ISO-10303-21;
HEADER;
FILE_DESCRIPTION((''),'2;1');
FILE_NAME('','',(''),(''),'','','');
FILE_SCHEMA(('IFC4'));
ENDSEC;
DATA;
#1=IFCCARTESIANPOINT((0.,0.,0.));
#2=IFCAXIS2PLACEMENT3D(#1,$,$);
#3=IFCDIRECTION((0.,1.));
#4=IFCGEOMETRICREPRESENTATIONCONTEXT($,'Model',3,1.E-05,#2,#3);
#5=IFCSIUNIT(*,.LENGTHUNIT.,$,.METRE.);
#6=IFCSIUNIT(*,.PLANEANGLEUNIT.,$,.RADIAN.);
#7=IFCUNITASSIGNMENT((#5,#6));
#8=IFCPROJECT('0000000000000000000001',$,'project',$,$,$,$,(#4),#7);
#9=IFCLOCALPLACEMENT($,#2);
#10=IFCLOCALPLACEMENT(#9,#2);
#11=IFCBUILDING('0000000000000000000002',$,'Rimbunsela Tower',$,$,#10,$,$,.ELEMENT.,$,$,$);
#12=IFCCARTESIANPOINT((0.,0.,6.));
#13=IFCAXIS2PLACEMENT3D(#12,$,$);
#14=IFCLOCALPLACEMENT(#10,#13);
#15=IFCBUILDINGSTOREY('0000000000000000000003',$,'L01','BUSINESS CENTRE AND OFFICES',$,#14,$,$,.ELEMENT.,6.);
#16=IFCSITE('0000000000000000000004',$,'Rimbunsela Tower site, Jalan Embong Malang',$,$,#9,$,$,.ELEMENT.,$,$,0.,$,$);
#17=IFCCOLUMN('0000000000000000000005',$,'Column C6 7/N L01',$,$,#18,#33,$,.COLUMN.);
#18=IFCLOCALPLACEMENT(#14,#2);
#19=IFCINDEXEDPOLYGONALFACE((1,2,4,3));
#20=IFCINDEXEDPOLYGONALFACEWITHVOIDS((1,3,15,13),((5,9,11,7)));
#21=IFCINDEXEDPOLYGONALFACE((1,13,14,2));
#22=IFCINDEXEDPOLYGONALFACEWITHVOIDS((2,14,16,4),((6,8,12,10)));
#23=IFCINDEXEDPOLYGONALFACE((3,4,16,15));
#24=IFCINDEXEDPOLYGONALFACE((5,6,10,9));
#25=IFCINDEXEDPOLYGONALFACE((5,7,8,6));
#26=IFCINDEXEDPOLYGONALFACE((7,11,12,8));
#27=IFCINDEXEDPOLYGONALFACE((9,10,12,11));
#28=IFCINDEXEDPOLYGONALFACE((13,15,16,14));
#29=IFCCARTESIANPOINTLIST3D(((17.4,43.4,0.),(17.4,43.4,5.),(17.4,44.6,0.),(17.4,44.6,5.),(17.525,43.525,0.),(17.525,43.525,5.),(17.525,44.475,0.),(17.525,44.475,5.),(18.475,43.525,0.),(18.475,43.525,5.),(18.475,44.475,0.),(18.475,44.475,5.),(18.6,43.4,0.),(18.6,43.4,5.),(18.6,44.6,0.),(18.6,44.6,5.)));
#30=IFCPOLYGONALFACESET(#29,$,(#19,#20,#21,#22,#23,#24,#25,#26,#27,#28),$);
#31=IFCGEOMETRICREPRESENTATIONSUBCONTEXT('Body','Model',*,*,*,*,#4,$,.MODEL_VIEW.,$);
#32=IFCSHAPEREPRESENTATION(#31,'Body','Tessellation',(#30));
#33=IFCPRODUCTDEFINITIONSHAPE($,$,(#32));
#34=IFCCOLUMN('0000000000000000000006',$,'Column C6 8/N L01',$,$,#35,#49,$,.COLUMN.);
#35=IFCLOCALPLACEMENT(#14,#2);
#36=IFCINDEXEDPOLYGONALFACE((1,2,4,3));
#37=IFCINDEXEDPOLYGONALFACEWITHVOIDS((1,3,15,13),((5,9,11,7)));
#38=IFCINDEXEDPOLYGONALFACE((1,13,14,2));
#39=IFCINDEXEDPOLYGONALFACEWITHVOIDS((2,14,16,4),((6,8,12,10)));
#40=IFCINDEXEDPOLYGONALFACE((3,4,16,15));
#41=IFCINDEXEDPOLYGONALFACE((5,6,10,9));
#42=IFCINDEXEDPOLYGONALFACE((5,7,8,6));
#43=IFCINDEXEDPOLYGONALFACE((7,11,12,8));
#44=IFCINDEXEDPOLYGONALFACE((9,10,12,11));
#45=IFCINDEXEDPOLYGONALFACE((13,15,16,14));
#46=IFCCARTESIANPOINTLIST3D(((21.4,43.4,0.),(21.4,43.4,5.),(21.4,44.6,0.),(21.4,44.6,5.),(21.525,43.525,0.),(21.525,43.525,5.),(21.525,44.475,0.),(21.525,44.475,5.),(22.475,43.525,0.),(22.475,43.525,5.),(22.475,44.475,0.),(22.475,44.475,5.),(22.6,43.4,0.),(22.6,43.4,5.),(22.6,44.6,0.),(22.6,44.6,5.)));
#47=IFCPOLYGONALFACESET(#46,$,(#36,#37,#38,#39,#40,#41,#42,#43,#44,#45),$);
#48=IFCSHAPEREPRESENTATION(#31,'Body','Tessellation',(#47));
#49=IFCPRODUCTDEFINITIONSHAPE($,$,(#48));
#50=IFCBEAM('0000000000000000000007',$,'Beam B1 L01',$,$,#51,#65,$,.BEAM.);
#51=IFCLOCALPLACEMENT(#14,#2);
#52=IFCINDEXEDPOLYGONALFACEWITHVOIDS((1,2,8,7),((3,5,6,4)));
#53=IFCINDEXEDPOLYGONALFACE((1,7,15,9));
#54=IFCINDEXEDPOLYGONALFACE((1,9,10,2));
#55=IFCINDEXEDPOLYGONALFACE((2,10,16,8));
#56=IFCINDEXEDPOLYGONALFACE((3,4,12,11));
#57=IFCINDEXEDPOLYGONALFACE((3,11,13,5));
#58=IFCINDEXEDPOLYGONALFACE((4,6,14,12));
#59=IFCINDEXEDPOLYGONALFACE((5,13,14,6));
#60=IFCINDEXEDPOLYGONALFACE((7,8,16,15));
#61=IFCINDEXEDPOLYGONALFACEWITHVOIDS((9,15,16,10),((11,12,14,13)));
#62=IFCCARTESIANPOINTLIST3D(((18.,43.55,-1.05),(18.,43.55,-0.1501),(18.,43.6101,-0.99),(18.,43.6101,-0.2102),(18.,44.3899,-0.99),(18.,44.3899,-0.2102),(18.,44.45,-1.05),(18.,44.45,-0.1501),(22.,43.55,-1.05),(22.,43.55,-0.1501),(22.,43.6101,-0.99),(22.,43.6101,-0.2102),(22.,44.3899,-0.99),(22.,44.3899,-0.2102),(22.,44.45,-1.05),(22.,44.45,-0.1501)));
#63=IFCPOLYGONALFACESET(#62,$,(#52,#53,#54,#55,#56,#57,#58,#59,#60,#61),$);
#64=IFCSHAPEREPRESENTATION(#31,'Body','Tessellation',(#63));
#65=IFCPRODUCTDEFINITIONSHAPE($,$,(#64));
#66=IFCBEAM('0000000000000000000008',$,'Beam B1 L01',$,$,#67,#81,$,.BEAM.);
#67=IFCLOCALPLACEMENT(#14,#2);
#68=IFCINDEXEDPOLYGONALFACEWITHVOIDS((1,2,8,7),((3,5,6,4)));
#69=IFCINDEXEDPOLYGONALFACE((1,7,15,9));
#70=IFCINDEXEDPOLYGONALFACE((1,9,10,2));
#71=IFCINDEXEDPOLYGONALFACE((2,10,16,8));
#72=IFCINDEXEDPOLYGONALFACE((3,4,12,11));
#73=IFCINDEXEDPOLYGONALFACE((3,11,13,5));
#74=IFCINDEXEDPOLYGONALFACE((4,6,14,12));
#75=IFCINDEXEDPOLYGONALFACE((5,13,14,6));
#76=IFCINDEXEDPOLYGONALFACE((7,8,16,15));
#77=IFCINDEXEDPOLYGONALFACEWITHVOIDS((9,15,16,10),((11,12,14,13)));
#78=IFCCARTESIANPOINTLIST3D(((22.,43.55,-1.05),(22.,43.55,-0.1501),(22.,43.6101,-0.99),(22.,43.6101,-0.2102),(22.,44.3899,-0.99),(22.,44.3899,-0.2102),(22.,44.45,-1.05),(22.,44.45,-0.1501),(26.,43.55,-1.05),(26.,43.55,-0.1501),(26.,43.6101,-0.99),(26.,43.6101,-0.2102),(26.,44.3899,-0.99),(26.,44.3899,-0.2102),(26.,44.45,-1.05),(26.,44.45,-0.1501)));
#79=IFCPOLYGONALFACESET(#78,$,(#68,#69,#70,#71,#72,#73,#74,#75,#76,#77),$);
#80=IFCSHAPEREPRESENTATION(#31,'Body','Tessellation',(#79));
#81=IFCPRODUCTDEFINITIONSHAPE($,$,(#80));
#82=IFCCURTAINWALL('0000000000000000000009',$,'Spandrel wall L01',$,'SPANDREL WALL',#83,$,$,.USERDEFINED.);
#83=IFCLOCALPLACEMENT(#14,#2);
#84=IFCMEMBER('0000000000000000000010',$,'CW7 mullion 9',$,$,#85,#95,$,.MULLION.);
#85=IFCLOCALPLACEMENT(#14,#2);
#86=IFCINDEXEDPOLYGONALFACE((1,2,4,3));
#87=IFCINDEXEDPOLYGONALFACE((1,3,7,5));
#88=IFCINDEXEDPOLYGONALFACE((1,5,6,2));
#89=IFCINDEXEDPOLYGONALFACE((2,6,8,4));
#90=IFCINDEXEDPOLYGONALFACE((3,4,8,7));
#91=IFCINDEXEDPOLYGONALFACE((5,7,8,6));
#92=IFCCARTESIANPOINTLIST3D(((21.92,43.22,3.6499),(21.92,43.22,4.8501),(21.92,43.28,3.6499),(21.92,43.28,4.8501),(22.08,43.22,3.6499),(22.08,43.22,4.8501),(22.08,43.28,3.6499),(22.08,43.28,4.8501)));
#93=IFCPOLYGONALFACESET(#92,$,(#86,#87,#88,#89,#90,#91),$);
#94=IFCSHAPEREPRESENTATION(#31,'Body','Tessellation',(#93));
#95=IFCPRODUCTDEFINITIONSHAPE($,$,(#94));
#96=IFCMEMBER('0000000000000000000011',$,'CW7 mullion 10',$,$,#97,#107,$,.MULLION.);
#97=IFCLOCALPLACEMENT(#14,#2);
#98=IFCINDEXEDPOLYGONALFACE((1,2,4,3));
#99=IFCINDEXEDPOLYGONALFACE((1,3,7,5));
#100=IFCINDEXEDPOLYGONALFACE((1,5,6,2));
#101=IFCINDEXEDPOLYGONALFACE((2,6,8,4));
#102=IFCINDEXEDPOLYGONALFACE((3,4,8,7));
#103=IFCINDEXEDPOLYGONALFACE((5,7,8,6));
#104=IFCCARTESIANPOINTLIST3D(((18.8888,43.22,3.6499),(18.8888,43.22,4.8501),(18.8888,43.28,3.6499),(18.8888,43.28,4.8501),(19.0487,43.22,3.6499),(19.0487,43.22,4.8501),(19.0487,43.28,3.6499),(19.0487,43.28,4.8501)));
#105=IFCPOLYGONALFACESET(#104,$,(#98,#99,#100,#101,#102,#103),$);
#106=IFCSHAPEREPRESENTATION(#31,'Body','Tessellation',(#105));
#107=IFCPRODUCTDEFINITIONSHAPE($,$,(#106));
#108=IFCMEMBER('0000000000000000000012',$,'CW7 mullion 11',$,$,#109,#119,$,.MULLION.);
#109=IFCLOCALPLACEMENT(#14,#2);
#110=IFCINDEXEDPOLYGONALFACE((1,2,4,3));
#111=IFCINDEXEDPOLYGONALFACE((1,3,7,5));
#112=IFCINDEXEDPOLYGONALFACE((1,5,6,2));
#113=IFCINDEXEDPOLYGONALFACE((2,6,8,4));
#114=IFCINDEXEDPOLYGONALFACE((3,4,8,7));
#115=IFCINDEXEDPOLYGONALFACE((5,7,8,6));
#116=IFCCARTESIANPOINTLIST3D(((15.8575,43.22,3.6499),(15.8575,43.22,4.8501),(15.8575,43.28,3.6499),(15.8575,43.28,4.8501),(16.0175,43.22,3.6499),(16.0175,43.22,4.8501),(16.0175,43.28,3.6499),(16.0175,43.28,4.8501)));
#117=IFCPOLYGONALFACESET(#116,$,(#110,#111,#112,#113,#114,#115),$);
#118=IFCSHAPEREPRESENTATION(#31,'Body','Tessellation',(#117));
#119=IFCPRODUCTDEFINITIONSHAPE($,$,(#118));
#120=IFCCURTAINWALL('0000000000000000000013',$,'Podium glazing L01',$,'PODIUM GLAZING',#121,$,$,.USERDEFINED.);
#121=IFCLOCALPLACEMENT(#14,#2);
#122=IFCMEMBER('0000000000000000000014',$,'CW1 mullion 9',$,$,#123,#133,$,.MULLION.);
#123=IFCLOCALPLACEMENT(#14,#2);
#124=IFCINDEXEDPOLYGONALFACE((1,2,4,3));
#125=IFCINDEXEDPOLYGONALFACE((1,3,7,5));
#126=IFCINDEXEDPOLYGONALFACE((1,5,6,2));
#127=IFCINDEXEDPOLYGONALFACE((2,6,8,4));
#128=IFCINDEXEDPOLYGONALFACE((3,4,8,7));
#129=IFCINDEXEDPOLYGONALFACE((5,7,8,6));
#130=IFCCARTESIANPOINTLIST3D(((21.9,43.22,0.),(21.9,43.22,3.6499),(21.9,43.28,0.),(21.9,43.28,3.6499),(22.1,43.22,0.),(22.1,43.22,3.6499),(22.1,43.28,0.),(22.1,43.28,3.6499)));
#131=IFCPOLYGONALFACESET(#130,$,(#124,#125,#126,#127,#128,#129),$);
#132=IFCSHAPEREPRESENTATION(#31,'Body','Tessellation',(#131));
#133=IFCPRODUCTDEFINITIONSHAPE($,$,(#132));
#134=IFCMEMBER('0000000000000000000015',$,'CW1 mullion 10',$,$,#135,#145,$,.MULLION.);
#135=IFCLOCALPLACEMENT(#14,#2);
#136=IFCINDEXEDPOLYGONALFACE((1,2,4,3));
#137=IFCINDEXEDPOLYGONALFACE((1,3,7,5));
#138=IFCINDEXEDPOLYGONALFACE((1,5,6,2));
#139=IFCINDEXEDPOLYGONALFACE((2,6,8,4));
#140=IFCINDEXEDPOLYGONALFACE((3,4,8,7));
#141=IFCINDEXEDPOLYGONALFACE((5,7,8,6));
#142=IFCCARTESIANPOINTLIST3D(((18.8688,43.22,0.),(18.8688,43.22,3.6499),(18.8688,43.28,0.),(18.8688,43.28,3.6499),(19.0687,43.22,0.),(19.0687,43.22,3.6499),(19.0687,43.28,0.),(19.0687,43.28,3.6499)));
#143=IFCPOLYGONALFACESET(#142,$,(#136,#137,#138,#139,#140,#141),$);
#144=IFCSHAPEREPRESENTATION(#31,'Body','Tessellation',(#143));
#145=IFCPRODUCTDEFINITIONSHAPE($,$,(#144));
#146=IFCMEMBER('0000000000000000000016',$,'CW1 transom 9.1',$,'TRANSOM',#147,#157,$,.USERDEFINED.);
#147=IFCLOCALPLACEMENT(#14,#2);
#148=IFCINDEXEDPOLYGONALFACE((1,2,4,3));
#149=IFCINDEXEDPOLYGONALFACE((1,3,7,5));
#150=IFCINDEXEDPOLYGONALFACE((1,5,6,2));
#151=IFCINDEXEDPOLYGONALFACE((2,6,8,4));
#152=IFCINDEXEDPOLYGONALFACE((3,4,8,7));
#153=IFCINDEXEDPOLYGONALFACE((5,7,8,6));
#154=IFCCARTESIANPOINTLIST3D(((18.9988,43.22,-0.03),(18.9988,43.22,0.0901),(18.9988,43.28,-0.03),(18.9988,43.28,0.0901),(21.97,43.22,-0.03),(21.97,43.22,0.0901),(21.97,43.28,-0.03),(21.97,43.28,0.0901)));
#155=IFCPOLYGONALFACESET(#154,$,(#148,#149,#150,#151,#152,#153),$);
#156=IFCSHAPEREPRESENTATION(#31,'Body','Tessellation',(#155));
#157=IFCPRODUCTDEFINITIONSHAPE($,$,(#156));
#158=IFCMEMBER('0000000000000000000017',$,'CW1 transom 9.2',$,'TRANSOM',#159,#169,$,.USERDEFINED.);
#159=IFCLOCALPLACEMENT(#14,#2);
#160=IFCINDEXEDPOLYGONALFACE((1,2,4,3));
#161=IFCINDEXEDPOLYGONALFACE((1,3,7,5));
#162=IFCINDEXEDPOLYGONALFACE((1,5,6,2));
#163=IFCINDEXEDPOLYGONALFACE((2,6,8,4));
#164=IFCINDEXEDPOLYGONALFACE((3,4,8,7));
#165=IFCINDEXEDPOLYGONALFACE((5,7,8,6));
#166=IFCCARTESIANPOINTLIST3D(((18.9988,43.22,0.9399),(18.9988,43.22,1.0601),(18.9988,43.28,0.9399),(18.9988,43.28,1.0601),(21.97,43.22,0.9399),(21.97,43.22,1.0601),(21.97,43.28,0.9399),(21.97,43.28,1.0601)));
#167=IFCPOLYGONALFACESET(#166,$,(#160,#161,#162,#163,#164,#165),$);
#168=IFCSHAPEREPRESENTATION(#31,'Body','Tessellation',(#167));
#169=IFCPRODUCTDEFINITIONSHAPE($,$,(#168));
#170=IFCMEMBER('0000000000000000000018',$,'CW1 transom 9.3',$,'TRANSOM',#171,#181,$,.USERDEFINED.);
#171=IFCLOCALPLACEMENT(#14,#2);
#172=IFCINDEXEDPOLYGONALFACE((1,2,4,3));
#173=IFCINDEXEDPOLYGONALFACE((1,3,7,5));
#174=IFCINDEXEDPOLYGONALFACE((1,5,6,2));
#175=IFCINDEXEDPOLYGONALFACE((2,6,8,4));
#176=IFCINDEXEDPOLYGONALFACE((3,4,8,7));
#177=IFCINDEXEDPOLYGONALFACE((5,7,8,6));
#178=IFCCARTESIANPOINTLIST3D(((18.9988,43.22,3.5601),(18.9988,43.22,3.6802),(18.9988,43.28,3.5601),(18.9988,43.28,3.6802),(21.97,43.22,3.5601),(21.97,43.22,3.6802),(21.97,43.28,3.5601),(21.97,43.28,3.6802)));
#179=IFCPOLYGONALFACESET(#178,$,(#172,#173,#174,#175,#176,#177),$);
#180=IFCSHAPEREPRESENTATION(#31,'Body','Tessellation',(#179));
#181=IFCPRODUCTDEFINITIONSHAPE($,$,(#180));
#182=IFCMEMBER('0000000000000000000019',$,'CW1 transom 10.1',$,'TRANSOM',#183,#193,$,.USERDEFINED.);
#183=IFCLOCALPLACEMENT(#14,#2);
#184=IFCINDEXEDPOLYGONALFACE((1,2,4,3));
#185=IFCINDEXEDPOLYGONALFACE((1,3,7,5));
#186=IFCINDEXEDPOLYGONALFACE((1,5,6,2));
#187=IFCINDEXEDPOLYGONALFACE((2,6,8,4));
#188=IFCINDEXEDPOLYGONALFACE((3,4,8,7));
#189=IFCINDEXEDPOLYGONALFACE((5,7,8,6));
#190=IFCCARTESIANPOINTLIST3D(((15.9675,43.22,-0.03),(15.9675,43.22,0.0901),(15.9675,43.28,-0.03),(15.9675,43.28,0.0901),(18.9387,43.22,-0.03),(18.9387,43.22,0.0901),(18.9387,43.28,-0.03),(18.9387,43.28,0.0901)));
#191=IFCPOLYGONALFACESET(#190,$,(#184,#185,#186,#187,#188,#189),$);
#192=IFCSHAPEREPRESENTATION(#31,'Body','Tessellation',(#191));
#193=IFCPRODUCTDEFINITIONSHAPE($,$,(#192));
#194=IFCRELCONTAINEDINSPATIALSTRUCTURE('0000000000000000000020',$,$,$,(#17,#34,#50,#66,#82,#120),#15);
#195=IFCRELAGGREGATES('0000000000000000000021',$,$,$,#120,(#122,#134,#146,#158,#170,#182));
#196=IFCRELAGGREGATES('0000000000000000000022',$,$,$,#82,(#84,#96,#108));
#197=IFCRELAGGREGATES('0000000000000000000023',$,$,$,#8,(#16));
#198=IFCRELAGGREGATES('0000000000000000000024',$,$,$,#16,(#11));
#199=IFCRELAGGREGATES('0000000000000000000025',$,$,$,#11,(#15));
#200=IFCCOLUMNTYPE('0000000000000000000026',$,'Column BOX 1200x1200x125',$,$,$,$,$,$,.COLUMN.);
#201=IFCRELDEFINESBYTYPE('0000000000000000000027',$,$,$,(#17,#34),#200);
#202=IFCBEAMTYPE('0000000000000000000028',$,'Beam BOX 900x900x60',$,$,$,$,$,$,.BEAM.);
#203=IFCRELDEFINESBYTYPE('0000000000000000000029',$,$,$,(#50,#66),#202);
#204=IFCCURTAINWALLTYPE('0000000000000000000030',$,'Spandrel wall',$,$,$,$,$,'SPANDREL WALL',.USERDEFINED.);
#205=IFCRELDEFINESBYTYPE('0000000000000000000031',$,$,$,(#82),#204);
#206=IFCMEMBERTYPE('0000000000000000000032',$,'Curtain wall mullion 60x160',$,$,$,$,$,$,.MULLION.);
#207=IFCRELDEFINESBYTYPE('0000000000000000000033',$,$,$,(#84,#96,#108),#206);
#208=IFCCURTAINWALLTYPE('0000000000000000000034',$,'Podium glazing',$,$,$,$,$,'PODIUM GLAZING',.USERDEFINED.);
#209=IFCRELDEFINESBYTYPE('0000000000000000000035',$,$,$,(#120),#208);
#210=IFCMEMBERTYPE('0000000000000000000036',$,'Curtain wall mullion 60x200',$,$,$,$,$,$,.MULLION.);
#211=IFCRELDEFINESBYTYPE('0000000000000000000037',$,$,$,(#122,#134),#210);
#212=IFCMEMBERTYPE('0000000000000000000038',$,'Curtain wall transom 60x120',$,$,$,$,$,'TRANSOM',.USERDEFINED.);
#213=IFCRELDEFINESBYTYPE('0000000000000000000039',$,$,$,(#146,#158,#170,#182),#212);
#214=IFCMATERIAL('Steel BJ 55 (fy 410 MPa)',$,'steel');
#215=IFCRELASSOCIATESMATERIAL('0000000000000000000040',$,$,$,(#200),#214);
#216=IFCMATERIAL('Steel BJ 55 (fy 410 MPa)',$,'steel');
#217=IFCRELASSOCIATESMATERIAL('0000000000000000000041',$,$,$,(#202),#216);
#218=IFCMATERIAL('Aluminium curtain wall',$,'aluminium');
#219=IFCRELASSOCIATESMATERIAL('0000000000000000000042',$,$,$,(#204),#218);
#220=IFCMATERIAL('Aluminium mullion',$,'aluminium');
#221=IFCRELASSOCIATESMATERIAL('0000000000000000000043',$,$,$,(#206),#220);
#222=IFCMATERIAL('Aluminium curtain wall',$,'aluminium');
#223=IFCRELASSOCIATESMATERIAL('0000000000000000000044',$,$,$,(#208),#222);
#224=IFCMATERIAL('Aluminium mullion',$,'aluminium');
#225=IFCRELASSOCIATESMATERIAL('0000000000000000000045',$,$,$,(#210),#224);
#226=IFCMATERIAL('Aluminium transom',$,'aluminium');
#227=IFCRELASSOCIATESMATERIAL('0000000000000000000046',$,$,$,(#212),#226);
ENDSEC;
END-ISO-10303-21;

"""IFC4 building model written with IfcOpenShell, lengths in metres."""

from ifc_helpers import new_model, si_unit, direction, frame, origin, origin_2d, place, context, subcontext, project, spatial, rectangle, hollow_rectangle, extrude, material, material_profile, profile_set, type_object, element, aggregate, save


model = new_model("IFC4")

# Units and contexts
model_context = context("Model", 3, precision=1e-05, world=origin(), true_north=direction((0.0, 1.0)))
body_context = subcontext(model_context, "Body", "Model", "MODEL_VIEW")
ifc_project = project(units=[si_unit("LENGTHUNIT", "METRE"), si_unit("PLANEANGLEUNIT", "RADIAN")], contexts=[model_context])

# Site, building, storey
site_placement = place(None, origin())
site = spatial("IfcSite", under=ifc_project, at=site_placement, Name="Rimbunsela Tower site, Jalan Embong Malang", CompositionType="ELEMENT", RefElevation=0.0)
building_placement = place(site_placement, origin())
building = spatial("IfcBuilding", under=site, at=building_placement, Name="Rimbunsela Tower", CompositionType="ELEMENT")
storey_placement = place(building_placement, frame((0.0, 0.0, 6.0)))
storey = spatial("IfcBuildingStorey", under=building, at=storey_placement, Name="L01", Description="BUSINESS CENTRE AND OFFICES", CompositionType="ELEMENT", Elevation=6.0)

# Columns
ifc_material_1 = material(Name="Steel BJ 55 (fy 410 MPa)", Category="steel")
ifc_material_profile_1 = material_profile(ifc_material_1, hollow_rectangle(XDim=1.2, YDim=1.2, WallThickness=0.125, at=origin_2d()), Name="BOX 1200x1200x125")
ifc_profile_set_1 = profile_set([ifc_material_profile_1], Name="Steel BJ 55 (fy 410 MPa)")
column_type = type_object("IfcColumnType", Name="Column BOX 1200x1200x125", PredefinedType="COLUMN", material=ifc_profile_set_1)
for number, where, z_axis, x_axis, name in (
    (1, (18.0, 44.0, 0.0), (0.0, 0.0, 1.0), (1.0, 0.0, 0.0), "Column C6 7/N L01"),
    (2, (22.0, 44.0, 0.0), (0.0, 0.0, 1.0), (1.0, 0.0, 0.0), "Column C6 8/N L01"),
):
    element("IfcColumn", number, at=place(storey_placement, frame(where, z_axis=z_axis, x_axis=x_axis)), inside=storey, type_object=column_type, Name=name, PredefinedType="COLUMN", context=body_context, shape_type="SweptSolid", body=[
        extrude(hollow_rectangle(XDim=1.2, YDim=1.2, WallThickness=0.125, at=origin_2d()), origin(), (0.0, 0.0, 1.0), 5.0),
    ])

# Beams
ifc_material_2 = material(Name="Steel BJ 55 (fy 410 MPa)", Category="steel")
ifc_material_profile_2 = material_profile(ifc_material_2, hollow_rectangle(XDim=0.8999, YDim=0.8999, WallThickness=0.0601, at=origin_2d()), Name="BOX 900x900x60")
ifc_profile_set_2 = profile_set([ifc_material_profile_2], Name="Steel BJ 55 (fy 410 MPa)")
beam_type = type_object("IfcBeamType", Name="Beam BOX 900x900x60", PredefinedType="BEAM", material=ifc_profile_set_2)
for number, where, z_axis, x_axis, name in (
    (3, (18.0, 44.0, -0.6001), (1.0, 0.0, 0.0), (0.0, 1.0, 0.0), "Beam B1 L01"),
    (4, (22.0, 44.0, -0.6001), (1.0, 0.0, 0.0), (0.0, 1.0, 0.0), "Beam B1 L01"),
):
    element("IfcBeam", number, at=place(storey_placement, frame(where, z_axis=z_axis, x_axis=x_axis)), inside=storey, type_object=beam_type, Name=name, PredefinedType="BEAM", context=body_context, shape_type="SweptSolid", body=[
        extrude(hollow_rectangle(XDim=0.8999, YDim=0.8999, WallThickness=0.0601, at=origin_2d()), origin(), (0.0, 0.0, 1.0), 4.0),
    ])

# Curtain walls, members
ifc_material_3 = material(Name="Aluminium curtain wall", Category="aluminium")
curtain_wall_type_1 = type_object("IfcCurtainWallType", Name="Spandrel wall", ElementType="SPANDREL WALL", PredefinedType="USERDEFINED", material=ifc_material_3)
curtain_wall_1_placement = place(storey_placement, origin())
curtain_wall_1 = element("IfcCurtainWall", 5, at=curtain_wall_1_placement, inside=storey, type_object=curtain_wall_type_1, Name="Spandrel wall L01", ObjectType="SPANDREL WALL", PredefinedType="USERDEFINED")
ifc_material_4 = material(Name="Aluminium mullion", Category="aluminium")
ifc_material_profile_3 = material_profile(ifc_material_4, rectangle(XDim=0.0601, YDim=0.1599, at=origin_2d()), Name="Mullion 60x160")
ifc_profile_set_3 = profile_set([ifc_material_profile_3], Name="Aluminium mullion")
member_type_1 = type_object("IfcMemberType", Name="Curtain wall mullion 60x160", PredefinedType="MULLION", material=ifc_profile_set_3)
member_1_placement = place(storey_placement, frame((22.0, 43.25, 3.6499), z_axis=(0.0, 0.0, 1.0), x_axis=(0.0, -1.0, 0.0)))
member_1 = element("IfcMember", 6, at=member_1_placement, type_object=member_type_1, Name="CW7 mullion 9", PredefinedType="MULLION", context=body_context, shape_type="SweptSolid", body=[
    extrude(rectangle(XDim=0.0601, YDim=0.1599, at=origin_2d()), origin(), (0.0, 0.0, 1.0), 1.2002),
])
member_2_placement = place(storey_placement, frame((18.9688, 43.25, 3.6499), z_axis=(0.0, 0.0, 1.0), x_axis=(0.0, -1.0, 0.0)))
member_2 = element("IfcMember", 7, at=member_2_placement, type_object=member_type_1, Name="CW7 mullion 10", PredefinedType="MULLION", context=body_context, shape_type="SweptSolid", body=[
    extrude(rectangle(XDim=0.0601, YDim=0.1599, at=origin_2d()), origin(), (0.0, 0.0, 1.0), 1.2002),
])
member_3_placement = place(storey_placement, frame((15.9375, 43.25, 3.6499), z_axis=(0.0, 0.0, 1.0), x_axis=(0.0, -1.0, 0.0)))
member_3 = element("IfcMember", 8, at=member_3_placement, type_object=member_type_1, Name="CW7 mullion 11", PredefinedType="MULLION", context=body_context, shape_type="SweptSolid", body=[
    extrude(rectangle(XDim=0.0601, YDim=0.1599, at=origin_2d()), origin(), (0.0, 0.0, 1.0), 1.2002),
])
ifc_material_5 = material(Name="Aluminium curtain wall", Category="aluminium")
curtain_wall_type_2 = type_object("IfcCurtainWallType", Name="Podium glazing", ElementType="PODIUM GLAZING", PredefinedType="USERDEFINED", material=ifc_material_5)
curtain_wall_2_placement = place(storey_placement, origin())
curtain_wall_2 = element("IfcCurtainWall", 9, at=curtain_wall_2_placement, inside=storey, type_object=curtain_wall_type_2, Name="Podium glazing L01", ObjectType="PODIUM GLAZING", PredefinedType="USERDEFINED")
ifc_material_6 = material(Name="Aluminium mullion", Category="aluminium")
ifc_material_profile_4 = material_profile(ifc_material_6, rectangle(XDim=0.0601, YDim=0.2, at=origin_2d()), Name="Mullion 60x200")
ifc_profile_set_4 = profile_set([ifc_material_profile_4], Name="Aluminium mullion")
member_type_2 = type_object("IfcMemberType", Name="Curtain wall mullion 60x200", PredefinedType="MULLION", material=ifc_profile_set_4)
member_4_placement = place(storey_placement, frame((22.0, 43.25, 0.0), z_axis=(0.0, 0.0, 1.0), x_axis=(0.0, -1.0, 0.0)))
member_4 = element("IfcMember", 10, at=member_4_placement, type_object=member_type_2, Name="CW1 mullion 9", PredefinedType="MULLION", context=body_context, shape_type="SweptSolid", body=[
    extrude(rectangle(XDim=0.0601, YDim=0.2, at=origin_2d()), origin(), (0.0, 0.0, 1.0), 3.6499),
])
member_5_placement = place(storey_placement, frame((18.9688, 43.25, 0.0), z_axis=(0.0, 0.0, 1.0), x_axis=(0.0, -1.0, 0.0)))
member_5 = element("IfcMember", 11, at=member_5_placement, type_object=member_type_2, Name="CW1 mullion 10", PredefinedType="MULLION", context=body_context, shape_type="SweptSolid", body=[
    extrude(rectangle(XDim=0.0601, YDim=0.2, at=origin_2d()), origin(), (0.0, 0.0, 1.0), 3.6499),
])
ifc_material_7 = material(Name="Aluminium transom", Category="aluminium")
ifc_material_profile_5 = material_profile(ifc_material_7, rectangle(XDim=0.0601, YDim=0.1201, at=origin_2d()), Name="Transom 60x120")
ifc_profile_set_5 = profile_set([ifc_material_profile_5], Name="Aluminium transom")
member_type_3 = type_object("IfcMemberType", Name="Curtain wall transom 60x120", ElementType="TRANSOM", PredefinedType="USERDEFINED", material=ifc_profile_set_5)
member_6_placement = place(storey_placement, frame((21.97, 43.25, 0.03), z_axis=(-1.0, 0.0, 0.0), x_axis=(0.0, -1.0, 0.0)))
member_6 = element("IfcMember", 12, at=member_6_placement, type_object=member_type_3, Name="CW1 transom 9.1", ObjectType="TRANSOM", PredefinedType="USERDEFINED", context=body_context, shape_type="SweptSolid", body=[
    extrude(rectangle(XDim=0.0601, YDim=0.1201, at=origin_2d()), origin(), (0.0, 0.0, 1.0), 2.9712),
])
member_7_placement = place(storey_placement, frame((21.97, 43.25, 1.0), z_axis=(-1.0, 0.0, 0.0), x_axis=(0.0, -1.0, 0.0)))
member_7 = element("IfcMember", 13, at=member_7_placement, type_object=member_type_3, Name="CW1 transom 9.2", ObjectType="TRANSOM", PredefinedType="USERDEFINED", context=body_context, shape_type="SweptSolid", body=[
    extrude(rectangle(XDim=0.0601, YDim=0.1201, at=origin_2d()), origin(), (0.0, 0.0, 1.0), 2.9712),
])
member_8_placement = place(storey_placement, frame((21.97, 43.25, 3.6201), z_axis=(-1.0, 0.0, 0.0), x_axis=(0.0, -1.0, 0.0)))
member_8 = element("IfcMember", 14, at=member_8_placement, type_object=member_type_3, Name="CW1 transom 9.3", ObjectType="TRANSOM", PredefinedType="USERDEFINED", context=body_context, shape_type="SweptSolid", body=[
    extrude(rectangle(XDim=0.0601, YDim=0.1201, at=origin_2d()), origin(), (0.0, 0.0, 1.0), 2.9712),
])
member_9_placement = place(storey_placement, frame((18.9387, 43.25, 0.03), z_axis=(-1.0, 0.0, 0.0), x_axis=(0.0, -1.0, 0.0)))
member_9 = element("IfcMember", 15, at=member_9_placement, type_object=member_type_3, Name="CW1 transom 10.1", ObjectType="TRANSOM", PredefinedType="USERDEFINED", context=body_context, shape_type="SweptSolid", body=[
    extrude(rectangle(XDim=0.0601, YDim=0.1201, at=origin_2d()), origin(), (0.0, 0.0, 1.0), 2.9712),
])

aggregate(curtain_wall_2, [member_4, member_5, member_6, member_7, member_8, member_9])
aggregate(curtain_wall_1, [member_1, member_2, member_3])

save(model, "model.ifc")
